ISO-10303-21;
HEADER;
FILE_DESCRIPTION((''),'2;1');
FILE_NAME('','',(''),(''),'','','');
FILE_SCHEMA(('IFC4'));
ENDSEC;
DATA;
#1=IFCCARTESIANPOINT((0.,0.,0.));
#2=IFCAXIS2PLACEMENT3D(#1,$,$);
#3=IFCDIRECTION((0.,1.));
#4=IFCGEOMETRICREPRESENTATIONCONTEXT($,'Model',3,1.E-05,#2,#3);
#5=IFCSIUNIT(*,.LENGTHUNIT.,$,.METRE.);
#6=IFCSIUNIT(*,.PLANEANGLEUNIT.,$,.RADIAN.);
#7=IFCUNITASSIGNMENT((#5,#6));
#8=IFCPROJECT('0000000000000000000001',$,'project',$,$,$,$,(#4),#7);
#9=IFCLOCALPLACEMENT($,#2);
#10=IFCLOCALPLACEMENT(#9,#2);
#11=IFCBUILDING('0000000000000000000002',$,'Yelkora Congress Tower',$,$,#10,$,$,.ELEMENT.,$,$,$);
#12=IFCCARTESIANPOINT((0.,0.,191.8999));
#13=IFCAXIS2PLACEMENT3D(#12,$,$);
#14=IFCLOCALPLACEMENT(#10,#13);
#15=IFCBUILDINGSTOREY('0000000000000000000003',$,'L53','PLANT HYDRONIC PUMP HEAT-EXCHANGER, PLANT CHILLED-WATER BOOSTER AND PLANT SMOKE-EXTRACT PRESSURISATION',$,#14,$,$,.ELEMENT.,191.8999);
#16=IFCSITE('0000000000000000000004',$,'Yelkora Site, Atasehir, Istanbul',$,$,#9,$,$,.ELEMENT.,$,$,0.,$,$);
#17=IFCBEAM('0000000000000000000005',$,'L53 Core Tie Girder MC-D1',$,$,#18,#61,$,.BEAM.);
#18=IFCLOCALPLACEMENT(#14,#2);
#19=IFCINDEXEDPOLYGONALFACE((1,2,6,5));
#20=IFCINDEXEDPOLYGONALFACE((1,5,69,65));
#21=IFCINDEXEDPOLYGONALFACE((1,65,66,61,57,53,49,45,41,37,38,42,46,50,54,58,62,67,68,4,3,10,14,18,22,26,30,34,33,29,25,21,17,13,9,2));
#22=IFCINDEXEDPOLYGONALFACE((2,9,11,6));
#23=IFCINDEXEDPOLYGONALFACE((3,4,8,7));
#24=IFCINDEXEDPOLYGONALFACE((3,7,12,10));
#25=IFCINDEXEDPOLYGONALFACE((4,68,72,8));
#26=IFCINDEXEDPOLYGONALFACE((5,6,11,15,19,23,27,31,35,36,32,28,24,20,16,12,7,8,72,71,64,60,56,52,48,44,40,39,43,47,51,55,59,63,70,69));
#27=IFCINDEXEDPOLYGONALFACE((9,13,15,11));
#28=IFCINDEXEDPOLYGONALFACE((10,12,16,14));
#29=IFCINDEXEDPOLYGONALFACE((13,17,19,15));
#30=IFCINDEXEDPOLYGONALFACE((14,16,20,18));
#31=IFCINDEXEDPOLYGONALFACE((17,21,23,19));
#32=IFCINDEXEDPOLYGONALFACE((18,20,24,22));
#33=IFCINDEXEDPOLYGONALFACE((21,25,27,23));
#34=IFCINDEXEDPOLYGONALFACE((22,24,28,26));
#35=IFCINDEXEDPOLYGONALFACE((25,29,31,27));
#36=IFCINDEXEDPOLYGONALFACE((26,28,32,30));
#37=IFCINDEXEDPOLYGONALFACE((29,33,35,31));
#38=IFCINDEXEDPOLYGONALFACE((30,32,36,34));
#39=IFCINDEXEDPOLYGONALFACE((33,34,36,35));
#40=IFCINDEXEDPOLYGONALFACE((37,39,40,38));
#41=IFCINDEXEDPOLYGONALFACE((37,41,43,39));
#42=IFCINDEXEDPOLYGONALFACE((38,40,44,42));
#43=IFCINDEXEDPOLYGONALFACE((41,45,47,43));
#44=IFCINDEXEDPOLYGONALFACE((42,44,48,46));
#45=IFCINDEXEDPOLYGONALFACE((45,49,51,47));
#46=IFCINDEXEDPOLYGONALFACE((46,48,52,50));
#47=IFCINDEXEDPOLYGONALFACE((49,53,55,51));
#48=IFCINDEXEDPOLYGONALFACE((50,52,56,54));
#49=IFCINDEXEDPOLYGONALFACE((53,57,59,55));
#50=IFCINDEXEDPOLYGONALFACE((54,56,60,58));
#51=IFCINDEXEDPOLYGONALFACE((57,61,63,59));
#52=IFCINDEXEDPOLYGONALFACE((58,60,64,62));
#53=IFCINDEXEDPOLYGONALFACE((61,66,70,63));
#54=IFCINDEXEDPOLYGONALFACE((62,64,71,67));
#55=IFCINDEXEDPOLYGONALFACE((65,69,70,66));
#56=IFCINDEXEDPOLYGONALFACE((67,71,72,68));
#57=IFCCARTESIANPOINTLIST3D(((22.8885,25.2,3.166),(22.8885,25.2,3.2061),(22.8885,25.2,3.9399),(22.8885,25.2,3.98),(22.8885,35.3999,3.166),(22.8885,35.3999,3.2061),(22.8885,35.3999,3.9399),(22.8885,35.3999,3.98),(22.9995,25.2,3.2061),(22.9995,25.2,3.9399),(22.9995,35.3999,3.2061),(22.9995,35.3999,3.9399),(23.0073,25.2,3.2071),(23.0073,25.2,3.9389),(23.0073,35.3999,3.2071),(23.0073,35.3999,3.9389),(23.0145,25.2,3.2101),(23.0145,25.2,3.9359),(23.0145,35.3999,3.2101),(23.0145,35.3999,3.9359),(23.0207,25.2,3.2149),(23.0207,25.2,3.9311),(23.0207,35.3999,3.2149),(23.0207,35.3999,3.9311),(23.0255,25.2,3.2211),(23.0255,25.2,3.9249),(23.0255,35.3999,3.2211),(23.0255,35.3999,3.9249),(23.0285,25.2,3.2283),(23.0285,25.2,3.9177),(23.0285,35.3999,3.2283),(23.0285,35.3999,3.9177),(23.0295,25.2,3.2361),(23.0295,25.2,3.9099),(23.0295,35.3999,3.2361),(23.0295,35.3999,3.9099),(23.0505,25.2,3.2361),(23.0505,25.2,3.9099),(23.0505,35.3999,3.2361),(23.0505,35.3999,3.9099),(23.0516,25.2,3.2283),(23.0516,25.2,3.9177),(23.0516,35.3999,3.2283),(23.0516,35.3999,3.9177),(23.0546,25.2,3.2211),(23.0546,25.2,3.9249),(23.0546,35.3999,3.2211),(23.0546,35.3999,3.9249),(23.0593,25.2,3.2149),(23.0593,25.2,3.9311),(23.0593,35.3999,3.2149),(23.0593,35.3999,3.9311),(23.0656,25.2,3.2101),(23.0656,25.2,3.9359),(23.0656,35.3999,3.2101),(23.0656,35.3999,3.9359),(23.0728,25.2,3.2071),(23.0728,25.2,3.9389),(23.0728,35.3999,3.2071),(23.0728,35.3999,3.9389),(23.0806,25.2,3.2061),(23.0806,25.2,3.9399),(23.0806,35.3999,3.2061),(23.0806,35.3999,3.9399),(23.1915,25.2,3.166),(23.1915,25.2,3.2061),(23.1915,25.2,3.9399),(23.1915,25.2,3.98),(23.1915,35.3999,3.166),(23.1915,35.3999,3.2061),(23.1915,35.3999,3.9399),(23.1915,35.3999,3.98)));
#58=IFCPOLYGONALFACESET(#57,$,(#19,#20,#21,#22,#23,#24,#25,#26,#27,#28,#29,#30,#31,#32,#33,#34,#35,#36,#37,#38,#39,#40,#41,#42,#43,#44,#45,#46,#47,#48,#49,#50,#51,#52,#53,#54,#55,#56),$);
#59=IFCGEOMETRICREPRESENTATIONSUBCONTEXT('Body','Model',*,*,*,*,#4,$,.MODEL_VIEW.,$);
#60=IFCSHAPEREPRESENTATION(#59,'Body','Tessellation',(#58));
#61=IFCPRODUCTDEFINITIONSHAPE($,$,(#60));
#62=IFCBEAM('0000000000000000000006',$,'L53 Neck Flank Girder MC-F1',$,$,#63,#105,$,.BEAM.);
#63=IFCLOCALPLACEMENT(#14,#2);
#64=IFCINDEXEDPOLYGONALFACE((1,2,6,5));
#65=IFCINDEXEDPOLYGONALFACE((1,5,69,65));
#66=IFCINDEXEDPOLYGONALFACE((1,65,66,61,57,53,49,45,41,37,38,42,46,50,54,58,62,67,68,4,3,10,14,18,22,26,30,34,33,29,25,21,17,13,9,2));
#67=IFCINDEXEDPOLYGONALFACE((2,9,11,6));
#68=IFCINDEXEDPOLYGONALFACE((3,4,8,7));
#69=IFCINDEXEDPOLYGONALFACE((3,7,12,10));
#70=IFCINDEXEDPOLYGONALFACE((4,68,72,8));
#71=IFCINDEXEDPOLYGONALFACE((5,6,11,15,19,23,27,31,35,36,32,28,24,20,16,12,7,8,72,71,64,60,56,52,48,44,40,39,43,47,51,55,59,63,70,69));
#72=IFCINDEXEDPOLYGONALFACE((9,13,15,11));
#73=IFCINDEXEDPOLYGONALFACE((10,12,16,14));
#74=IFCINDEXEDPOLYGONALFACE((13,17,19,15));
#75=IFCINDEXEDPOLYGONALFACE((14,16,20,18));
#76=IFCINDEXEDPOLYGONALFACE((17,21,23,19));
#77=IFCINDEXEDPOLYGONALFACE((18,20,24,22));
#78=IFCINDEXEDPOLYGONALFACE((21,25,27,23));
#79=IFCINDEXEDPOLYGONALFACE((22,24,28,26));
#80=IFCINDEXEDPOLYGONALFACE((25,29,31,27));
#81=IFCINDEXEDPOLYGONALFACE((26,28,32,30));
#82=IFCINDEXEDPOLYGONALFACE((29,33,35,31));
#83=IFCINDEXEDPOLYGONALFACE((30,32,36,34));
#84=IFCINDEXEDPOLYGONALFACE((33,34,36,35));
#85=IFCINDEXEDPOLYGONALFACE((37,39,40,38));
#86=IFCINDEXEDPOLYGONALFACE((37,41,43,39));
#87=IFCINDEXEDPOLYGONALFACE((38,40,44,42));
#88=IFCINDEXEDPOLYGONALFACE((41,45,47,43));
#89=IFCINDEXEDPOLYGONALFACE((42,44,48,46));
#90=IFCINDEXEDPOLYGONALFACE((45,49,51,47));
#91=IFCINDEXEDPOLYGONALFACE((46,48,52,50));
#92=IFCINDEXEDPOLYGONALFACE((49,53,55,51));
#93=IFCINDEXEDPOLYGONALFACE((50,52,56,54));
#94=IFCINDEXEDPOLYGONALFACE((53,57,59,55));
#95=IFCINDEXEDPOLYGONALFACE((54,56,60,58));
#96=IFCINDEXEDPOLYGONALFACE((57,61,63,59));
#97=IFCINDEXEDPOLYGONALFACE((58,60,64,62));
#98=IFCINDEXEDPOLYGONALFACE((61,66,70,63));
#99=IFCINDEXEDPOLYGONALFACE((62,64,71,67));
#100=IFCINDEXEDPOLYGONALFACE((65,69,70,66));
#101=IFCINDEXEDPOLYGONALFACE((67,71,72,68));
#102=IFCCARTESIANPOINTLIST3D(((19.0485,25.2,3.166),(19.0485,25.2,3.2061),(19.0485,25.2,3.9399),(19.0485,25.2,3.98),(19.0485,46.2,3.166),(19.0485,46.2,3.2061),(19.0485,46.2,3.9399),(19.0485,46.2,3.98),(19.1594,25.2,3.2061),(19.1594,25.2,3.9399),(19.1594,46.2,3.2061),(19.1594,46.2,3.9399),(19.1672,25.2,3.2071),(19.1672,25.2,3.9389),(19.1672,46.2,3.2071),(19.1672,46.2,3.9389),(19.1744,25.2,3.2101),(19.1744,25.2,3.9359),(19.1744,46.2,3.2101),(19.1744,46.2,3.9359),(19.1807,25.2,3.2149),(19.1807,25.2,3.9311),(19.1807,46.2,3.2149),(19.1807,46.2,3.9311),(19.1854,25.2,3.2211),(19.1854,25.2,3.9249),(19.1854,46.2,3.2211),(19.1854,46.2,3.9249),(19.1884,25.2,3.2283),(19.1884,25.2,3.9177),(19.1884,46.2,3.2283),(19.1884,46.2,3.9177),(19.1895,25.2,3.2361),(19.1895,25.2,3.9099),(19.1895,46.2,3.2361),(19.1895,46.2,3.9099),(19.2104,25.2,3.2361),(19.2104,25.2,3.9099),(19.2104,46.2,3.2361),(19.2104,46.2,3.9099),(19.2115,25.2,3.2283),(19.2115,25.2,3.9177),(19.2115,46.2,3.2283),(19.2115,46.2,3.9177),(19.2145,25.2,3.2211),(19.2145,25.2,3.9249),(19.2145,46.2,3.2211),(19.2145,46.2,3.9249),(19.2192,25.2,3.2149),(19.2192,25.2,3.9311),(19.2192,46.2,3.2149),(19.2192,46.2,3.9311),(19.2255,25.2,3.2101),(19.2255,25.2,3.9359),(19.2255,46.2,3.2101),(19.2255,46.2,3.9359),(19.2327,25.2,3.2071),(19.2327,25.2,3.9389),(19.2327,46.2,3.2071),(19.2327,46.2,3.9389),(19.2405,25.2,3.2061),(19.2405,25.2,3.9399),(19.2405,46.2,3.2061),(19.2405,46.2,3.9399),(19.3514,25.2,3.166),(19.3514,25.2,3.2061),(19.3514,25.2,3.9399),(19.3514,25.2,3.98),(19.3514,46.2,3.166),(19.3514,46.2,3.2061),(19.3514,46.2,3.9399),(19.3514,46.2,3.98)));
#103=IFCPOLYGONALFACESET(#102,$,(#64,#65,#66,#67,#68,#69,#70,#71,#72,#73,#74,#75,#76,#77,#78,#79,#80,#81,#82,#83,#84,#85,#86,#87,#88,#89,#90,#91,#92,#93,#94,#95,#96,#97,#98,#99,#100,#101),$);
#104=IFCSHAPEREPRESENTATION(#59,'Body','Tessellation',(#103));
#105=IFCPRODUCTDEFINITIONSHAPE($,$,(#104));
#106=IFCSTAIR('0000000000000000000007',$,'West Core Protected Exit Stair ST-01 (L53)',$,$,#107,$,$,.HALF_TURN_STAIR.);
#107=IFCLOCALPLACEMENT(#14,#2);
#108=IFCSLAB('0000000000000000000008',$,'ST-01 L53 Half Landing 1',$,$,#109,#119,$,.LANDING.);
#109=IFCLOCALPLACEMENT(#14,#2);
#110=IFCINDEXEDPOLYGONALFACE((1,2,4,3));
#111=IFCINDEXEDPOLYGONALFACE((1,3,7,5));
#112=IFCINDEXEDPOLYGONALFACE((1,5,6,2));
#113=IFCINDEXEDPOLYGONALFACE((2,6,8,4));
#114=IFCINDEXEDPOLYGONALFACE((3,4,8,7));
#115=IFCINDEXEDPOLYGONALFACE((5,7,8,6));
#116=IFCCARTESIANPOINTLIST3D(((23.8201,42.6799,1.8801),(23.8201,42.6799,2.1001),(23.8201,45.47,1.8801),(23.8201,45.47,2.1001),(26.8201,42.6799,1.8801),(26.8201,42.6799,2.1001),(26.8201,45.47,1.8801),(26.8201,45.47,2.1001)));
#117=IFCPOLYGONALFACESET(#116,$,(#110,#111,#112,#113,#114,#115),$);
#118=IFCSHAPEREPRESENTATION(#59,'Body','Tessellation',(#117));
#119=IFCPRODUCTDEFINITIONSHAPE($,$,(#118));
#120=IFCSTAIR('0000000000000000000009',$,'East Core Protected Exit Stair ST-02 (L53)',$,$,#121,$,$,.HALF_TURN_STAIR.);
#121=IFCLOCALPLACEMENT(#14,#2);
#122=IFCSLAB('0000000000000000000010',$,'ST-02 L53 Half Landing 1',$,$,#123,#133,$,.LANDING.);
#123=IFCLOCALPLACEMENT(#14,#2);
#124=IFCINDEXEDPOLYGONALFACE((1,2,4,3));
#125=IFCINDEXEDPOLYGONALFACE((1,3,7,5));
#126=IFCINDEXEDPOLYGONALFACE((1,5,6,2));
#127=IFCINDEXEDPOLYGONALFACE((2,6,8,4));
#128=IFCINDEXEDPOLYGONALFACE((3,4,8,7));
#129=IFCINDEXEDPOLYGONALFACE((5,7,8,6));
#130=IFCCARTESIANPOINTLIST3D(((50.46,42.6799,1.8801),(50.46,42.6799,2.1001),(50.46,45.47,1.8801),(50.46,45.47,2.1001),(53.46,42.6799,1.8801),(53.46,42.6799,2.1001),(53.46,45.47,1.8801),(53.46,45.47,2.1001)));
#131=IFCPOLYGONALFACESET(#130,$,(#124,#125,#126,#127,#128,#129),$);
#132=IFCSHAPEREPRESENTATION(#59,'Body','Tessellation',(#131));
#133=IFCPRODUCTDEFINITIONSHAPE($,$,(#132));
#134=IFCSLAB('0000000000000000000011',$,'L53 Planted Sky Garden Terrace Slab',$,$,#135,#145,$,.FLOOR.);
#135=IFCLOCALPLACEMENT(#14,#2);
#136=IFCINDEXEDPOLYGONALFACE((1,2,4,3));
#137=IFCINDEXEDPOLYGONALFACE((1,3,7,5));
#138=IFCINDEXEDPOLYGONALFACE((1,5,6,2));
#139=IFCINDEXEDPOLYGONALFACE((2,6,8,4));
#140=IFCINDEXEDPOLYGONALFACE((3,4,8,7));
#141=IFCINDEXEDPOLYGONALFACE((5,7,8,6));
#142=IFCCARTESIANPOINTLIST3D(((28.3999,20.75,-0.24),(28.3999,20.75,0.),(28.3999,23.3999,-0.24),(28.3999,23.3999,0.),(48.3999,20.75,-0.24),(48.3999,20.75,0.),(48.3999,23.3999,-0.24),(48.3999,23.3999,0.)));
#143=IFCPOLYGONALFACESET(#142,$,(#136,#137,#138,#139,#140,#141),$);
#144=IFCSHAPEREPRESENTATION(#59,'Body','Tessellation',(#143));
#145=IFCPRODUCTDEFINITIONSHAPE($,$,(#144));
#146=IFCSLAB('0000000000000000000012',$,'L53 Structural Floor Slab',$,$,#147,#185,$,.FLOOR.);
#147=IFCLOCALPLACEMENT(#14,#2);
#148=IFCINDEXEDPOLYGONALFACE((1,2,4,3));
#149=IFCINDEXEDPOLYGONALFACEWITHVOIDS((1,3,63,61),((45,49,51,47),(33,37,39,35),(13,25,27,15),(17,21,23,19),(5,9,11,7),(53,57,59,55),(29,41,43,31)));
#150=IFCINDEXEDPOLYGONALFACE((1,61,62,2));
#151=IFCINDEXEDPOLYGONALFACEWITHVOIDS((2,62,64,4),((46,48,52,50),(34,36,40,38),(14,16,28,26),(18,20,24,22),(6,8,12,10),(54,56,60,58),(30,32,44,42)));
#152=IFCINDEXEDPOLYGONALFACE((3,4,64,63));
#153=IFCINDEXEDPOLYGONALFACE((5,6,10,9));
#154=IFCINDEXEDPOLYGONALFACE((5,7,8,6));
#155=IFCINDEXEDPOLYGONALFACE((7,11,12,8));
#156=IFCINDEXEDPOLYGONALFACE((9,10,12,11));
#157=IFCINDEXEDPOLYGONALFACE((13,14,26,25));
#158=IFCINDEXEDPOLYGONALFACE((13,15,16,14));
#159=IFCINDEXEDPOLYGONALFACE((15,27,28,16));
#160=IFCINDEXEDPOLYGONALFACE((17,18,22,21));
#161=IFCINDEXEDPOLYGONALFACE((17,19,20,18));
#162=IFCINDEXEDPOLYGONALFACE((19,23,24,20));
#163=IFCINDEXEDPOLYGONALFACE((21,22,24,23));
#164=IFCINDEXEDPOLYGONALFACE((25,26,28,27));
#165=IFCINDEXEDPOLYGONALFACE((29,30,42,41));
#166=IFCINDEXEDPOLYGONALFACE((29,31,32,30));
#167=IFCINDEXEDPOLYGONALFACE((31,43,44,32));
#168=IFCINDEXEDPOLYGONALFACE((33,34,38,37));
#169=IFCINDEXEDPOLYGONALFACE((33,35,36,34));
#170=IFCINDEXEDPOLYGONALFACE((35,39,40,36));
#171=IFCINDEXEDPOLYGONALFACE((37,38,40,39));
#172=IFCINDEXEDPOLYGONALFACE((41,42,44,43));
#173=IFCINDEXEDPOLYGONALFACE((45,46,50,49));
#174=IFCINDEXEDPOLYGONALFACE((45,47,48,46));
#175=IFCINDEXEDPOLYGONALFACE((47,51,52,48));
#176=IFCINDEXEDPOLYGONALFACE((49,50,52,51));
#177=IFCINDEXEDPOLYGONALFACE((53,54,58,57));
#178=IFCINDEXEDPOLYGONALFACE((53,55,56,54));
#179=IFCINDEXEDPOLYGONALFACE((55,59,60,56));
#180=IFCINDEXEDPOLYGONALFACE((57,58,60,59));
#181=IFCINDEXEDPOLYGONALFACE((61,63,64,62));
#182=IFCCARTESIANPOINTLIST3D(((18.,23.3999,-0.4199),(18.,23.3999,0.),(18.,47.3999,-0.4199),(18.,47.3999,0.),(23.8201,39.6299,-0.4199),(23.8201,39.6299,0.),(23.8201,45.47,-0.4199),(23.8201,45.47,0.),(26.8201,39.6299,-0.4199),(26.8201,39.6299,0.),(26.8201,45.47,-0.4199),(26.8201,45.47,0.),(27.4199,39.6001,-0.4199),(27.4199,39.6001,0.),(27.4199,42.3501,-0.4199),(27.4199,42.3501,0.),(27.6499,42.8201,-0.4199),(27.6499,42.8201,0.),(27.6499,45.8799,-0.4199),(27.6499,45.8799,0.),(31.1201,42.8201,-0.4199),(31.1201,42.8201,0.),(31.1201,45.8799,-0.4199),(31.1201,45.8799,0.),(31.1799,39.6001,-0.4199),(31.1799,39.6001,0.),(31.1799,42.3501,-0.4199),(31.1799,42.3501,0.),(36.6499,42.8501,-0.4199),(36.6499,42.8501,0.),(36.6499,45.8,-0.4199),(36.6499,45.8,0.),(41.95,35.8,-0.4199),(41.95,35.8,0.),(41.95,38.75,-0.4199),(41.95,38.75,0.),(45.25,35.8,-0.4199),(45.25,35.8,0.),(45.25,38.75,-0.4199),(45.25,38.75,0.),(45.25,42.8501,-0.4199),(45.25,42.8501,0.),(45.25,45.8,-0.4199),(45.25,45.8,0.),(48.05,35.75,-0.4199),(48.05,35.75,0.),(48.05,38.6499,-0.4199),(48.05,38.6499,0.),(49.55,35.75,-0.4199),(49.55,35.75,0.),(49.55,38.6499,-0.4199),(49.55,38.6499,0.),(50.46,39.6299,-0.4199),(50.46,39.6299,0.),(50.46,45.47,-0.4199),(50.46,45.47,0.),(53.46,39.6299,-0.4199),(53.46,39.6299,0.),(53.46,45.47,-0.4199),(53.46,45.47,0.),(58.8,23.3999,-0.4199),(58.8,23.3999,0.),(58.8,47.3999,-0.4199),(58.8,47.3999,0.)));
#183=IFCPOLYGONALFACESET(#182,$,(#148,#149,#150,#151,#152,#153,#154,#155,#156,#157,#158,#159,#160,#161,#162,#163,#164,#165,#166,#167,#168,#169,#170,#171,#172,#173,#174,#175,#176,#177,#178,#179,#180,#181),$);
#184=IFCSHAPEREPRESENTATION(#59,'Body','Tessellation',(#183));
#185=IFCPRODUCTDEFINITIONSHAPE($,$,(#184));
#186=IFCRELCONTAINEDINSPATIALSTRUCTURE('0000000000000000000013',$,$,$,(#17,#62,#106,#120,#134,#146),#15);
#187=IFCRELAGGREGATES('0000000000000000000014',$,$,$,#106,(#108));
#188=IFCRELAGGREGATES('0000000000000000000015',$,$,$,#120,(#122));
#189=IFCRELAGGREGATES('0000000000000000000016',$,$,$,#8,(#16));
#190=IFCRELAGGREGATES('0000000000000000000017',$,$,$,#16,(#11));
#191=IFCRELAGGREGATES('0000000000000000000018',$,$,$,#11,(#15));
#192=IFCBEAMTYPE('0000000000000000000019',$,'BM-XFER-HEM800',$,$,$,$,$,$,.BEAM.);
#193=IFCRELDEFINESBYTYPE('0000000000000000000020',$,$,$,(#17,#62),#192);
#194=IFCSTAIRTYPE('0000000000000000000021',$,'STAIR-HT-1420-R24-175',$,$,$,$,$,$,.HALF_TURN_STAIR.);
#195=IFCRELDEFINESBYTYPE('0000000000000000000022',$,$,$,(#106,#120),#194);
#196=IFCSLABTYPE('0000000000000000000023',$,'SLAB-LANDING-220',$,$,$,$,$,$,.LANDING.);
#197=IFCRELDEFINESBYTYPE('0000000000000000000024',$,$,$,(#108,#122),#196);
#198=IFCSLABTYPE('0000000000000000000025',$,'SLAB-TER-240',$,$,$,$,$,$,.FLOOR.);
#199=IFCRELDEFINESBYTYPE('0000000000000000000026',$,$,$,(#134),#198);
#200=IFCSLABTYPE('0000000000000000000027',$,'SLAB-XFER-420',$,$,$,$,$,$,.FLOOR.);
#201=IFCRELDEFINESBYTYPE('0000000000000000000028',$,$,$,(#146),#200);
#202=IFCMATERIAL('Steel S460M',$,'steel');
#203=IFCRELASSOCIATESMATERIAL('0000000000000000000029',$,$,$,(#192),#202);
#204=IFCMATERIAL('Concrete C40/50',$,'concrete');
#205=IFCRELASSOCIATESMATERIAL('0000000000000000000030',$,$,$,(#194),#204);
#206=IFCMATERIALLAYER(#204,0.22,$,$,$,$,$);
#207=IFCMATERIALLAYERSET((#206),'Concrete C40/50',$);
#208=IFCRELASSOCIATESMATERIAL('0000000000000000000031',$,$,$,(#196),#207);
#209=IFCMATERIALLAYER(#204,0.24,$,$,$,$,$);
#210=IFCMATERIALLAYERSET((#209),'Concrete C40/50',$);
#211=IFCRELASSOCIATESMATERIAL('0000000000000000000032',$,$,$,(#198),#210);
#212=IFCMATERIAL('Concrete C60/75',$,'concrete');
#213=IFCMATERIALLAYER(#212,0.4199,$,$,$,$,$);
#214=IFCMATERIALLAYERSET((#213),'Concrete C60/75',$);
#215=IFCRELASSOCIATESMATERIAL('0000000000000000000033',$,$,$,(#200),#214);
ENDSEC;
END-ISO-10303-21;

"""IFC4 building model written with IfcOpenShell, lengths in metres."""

from ifc_helpers import new_model, si_unit, direction, frame, origin, origin_2d, place, context, subcontext, project, spatial, polyline, i_section, outline, extrude, material, layer, layer_set, material_profile, profile_set, type_object, element, aggregate, save


model = new_model("IFC4")

# Units and contexts
model_context = context("Model", 3, precision=1e-05, world=origin(), true_north=direction((0.0, 1.0)))
body_context = subcontext(model_context, "Body", "Model", "MODEL_VIEW")
ifc_project = project(units=[si_unit("LENGTHUNIT", "METRE"), si_unit("PLANEANGLEUNIT", "RADIAN")], contexts=[model_context])

# Site, building, storey
site_placement = place(None, origin())
site = spatial("IfcSite", under=ifc_project, at=site_placement, Name="Yelkora Site, Atasehir, Istanbul", CompositionType="ELEMENT", RefElevation=0.0)
building_placement = place(site_placement, origin())
building = spatial("IfcBuilding", under=site, at=building_placement, Name="Yelkora Congress Tower", CompositionType="ELEMENT")
storey_placement = place(building_placement, frame((0.0, 0.0, 191.8999)))
storey = spatial("IfcBuildingStorey", under=building, at=storey_placement, Name="L53", Description="PLANT HYDRONIC PUMP HEAT-EXCHANGER, PLANT CHILLED-WATER BOOSTER AND PLANT SMOKE-EXTRACT PRESSURISATION", CompositionType="ELEMENT", Elevation=191.8999)

# Shared definitions
ifc_material_1 = material(Name="Steel S460M", Category="steel")

# Beams
ifc_material_profile_1 = material_profile(ifc_material_1, i_section(OverallWidth=0.303, OverallDepth=0.814, WebThickness=0.021, FlangeThickness=0.04, FilletRadius=0.03, at=origin_2d()), Name="HEM 800")
ifc_profile_set_1 = profile_set([ifc_material_profile_1], Name="Steel S460M")
beam_type = type_object("IfcBeamType", Name="BM-XFER-HEM800", PredefinedType="BEAM", material=ifc_profile_set_1)
beam_1_placement = place(storey_placement, frame((23.04, 25.2, 3.573), z_axis=(0.0, 1.0, 0.0), x_axis=(-1.0, 0.0, 0.0)))
element("IfcBeam", 1, at=beam_1_placement, inside=storey, type_object=beam_type, Name="L53 Core Tie Girder MC-D1", PredefinedType="BEAM", context=body_context, shape_type="SweptSolid", body=[
    extrude(i_section(OverallWidth=0.303, OverallDepth=0.814, WebThickness=0.021, FlangeThickness=0.04, FilletRadius=0.03, at=origin_2d()), origin(), (0.0, 0.0, 1.0), 10.2),
])
beam_2_placement = place(storey_placement, frame((19.2, 25.2, 3.573), z_axis=(0.0, 1.0, 0.0), x_axis=(-1.0, 0.0, 0.0)))
element("IfcBeam", 2, at=beam_2_placement, inside=storey, type_object=beam_type, Name="L53 Neck Flank Girder MC-F1", PredefinedType="BEAM", context=body_context, shape_type="SweptSolid", body=[
    extrude(i_section(OverallWidth=0.303, OverallDepth=0.814, WebThickness=0.021, FlangeThickness=0.04, FilletRadius=0.03, at=origin_2d()), origin(), (0.0, 0.0, 1.0), 21.0),
])

# Stairs, slabs
ifc_material_2 = material(Name="Concrete C40/50", Category="concrete")
stair_type = type_object("IfcStairType", Name="STAIR-HT-1420-R24-175", PredefinedType="HALF_TURN_STAIR", material=ifc_material_2)
stair_1_placement = place(storey_placement, origin())
stair_1 = element("IfcStair", 3, at=stair_1_placement, inside=storey, type_object=stair_type, Name="West Core Protected Exit Stair ST-01 (L53)", PredefinedType="HALF_TURN_STAIR")
ifc_layer_1 = layer(ifc_material_2, 0.22)
ifc_layer_set_1 = layer_set([ifc_layer_1], Name="Concrete C40/50")
slab_type_1 = type_object("IfcSlabType", Name="SLAB-LANDING-220", PredefinedType="LANDING", material=ifc_layer_set_1)
slab_1_placement = place(storey_placement, frame((0.0, 0.0, 1.8801)))
slab_1 = element("IfcSlab", 4, at=slab_1_placement, type_object=slab_type_1, Name="ST-01 L53 Half Landing 1", PredefinedType="LANDING", context=body_context, shape_type="SweptSolid", body=[
    extrude(outline(polyline([(26.8201, 42.6799), (26.8201, 45.47), (23.8201, 45.47), (23.8201, 42.6799), (26.8201, 42.6799)])), origin(), (0.0, 0.0, 1.0), 0.22),
])
aggregate(stair_1, [slab_1])
stair_2_placement = place(storey_placement, origin())
stair_2 = element("IfcStair", 5, at=stair_2_placement, inside=storey, type_object=stair_type, Name="East Core Protected Exit Stair ST-02 (L53)", PredefinedType="HALF_TURN_STAIR")
slab_2_placement = place(storey_placement, frame((0.0, 0.0, 1.8801)))
slab_2 = element("IfcSlab", 6, at=slab_2_placement, type_object=slab_type_1, Name="ST-02 L53 Half Landing 1", PredefinedType="LANDING", context=body_context, shape_type="SweptSolid", body=[
    extrude(outline(polyline([(53.46, 42.6799), (53.46, 45.47), (50.46, 45.47), (50.46, 42.6799), (53.46, 42.6799)])), origin(), (0.0, 0.0, 1.0), 0.22),
])
aggregate(stair_2, [slab_2])

# Slabs
ifc_layer_2 = layer(ifc_material_2, 0.24)
ifc_layer_set_2 = layer_set([ifc_layer_2], Name="Concrete C40/50")
slab_type_2 = type_object("IfcSlabType", Name="SLAB-TER-240", PredefinedType="FLOOR", material=ifc_layer_set_2)
slab_3_placement = place(storey_placement, frame((0.0, 0.0, -0.24)))
element("IfcSlab", 7, at=slab_3_placement, inside=storey, type_object=slab_type_2, Name="L53 Planted Sky Garden Terrace Slab", PredefinedType="FLOOR", context=body_context, shape_type="SweptSolid", body=[
    extrude(outline(polyline([(28.3999, 20.75), (28.3999, 23.3999), (48.3999, 23.3999), (48.3999, 20.75), (28.3999, 20.75)])), origin(), (0.0, 0.0, 1.0), 0.24),
])
ifc_material_3 = material(Name="Concrete C60/75", Category="concrete")
ifc_layer_3 = layer(ifc_material_3, 0.4199)
ifc_layer_set_3 = layer_set([ifc_layer_3], Name="Concrete C60/75")
slab_type_3 = type_object("IfcSlabType", Name="SLAB-XFER-420", PredefinedType="FLOOR", material=ifc_layer_set_3)
slab_4_placement = place(storey_placement, frame((0.0, 0.0, -0.4199)))
element("IfcSlab", 8, at=slab_4_placement, inside=storey, type_object=slab_type_3, Name="L53 Structural Floor Slab", PredefinedType="FLOOR", context=body_context, shape_type="SweptSolid", body=[
    extrude(outline(polyline([(18.0, 23.3999), (58.8, 23.3999), (58.8, 47.3999), (18.0, 47.3999), (18.0, 23.3999)]), holes=[polyline([(23.8201, 39.6299), (26.8201, 39.6299), (26.8201, 45.47), (23.8201, 45.47), (23.8201, 39.6299)]), polyline([(50.46, 39.6299), (53.46, 39.6299), (53.46, 45.47), (50.46, 45.47), (50.46, 39.6299)]), polyline([(48.05, 35.75), (49.55, 35.75), (49.55, 38.6499), (48.05, 38.6499), (48.05, 35.75)]), polyline([(36.6499, 42.8501), (45.25, 42.8501), (45.25, 45.8), (36.6499, 45.8), (36.6499, 42.8501)]), polyline([(41.95, 35.8), (45.25, 35.8), (45.25, 38.75), (41.95, 38.75), (41.95, 35.8)]), polyline([(27.4199, 39.6001), (31.1799, 39.6001), (31.1799, 42.3501), (27.4199, 42.3501), (27.4199, 39.6001)]), polyline([(27.6499, 42.8201), (31.1201, 42.8201), (31.1201, 45.8799), (27.6499, 45.8799), (27.6499, 42.8201)])]), origin(), (0.0, 0.0, 1.0), 0.4199),
])

save(model, "model.ifc")
